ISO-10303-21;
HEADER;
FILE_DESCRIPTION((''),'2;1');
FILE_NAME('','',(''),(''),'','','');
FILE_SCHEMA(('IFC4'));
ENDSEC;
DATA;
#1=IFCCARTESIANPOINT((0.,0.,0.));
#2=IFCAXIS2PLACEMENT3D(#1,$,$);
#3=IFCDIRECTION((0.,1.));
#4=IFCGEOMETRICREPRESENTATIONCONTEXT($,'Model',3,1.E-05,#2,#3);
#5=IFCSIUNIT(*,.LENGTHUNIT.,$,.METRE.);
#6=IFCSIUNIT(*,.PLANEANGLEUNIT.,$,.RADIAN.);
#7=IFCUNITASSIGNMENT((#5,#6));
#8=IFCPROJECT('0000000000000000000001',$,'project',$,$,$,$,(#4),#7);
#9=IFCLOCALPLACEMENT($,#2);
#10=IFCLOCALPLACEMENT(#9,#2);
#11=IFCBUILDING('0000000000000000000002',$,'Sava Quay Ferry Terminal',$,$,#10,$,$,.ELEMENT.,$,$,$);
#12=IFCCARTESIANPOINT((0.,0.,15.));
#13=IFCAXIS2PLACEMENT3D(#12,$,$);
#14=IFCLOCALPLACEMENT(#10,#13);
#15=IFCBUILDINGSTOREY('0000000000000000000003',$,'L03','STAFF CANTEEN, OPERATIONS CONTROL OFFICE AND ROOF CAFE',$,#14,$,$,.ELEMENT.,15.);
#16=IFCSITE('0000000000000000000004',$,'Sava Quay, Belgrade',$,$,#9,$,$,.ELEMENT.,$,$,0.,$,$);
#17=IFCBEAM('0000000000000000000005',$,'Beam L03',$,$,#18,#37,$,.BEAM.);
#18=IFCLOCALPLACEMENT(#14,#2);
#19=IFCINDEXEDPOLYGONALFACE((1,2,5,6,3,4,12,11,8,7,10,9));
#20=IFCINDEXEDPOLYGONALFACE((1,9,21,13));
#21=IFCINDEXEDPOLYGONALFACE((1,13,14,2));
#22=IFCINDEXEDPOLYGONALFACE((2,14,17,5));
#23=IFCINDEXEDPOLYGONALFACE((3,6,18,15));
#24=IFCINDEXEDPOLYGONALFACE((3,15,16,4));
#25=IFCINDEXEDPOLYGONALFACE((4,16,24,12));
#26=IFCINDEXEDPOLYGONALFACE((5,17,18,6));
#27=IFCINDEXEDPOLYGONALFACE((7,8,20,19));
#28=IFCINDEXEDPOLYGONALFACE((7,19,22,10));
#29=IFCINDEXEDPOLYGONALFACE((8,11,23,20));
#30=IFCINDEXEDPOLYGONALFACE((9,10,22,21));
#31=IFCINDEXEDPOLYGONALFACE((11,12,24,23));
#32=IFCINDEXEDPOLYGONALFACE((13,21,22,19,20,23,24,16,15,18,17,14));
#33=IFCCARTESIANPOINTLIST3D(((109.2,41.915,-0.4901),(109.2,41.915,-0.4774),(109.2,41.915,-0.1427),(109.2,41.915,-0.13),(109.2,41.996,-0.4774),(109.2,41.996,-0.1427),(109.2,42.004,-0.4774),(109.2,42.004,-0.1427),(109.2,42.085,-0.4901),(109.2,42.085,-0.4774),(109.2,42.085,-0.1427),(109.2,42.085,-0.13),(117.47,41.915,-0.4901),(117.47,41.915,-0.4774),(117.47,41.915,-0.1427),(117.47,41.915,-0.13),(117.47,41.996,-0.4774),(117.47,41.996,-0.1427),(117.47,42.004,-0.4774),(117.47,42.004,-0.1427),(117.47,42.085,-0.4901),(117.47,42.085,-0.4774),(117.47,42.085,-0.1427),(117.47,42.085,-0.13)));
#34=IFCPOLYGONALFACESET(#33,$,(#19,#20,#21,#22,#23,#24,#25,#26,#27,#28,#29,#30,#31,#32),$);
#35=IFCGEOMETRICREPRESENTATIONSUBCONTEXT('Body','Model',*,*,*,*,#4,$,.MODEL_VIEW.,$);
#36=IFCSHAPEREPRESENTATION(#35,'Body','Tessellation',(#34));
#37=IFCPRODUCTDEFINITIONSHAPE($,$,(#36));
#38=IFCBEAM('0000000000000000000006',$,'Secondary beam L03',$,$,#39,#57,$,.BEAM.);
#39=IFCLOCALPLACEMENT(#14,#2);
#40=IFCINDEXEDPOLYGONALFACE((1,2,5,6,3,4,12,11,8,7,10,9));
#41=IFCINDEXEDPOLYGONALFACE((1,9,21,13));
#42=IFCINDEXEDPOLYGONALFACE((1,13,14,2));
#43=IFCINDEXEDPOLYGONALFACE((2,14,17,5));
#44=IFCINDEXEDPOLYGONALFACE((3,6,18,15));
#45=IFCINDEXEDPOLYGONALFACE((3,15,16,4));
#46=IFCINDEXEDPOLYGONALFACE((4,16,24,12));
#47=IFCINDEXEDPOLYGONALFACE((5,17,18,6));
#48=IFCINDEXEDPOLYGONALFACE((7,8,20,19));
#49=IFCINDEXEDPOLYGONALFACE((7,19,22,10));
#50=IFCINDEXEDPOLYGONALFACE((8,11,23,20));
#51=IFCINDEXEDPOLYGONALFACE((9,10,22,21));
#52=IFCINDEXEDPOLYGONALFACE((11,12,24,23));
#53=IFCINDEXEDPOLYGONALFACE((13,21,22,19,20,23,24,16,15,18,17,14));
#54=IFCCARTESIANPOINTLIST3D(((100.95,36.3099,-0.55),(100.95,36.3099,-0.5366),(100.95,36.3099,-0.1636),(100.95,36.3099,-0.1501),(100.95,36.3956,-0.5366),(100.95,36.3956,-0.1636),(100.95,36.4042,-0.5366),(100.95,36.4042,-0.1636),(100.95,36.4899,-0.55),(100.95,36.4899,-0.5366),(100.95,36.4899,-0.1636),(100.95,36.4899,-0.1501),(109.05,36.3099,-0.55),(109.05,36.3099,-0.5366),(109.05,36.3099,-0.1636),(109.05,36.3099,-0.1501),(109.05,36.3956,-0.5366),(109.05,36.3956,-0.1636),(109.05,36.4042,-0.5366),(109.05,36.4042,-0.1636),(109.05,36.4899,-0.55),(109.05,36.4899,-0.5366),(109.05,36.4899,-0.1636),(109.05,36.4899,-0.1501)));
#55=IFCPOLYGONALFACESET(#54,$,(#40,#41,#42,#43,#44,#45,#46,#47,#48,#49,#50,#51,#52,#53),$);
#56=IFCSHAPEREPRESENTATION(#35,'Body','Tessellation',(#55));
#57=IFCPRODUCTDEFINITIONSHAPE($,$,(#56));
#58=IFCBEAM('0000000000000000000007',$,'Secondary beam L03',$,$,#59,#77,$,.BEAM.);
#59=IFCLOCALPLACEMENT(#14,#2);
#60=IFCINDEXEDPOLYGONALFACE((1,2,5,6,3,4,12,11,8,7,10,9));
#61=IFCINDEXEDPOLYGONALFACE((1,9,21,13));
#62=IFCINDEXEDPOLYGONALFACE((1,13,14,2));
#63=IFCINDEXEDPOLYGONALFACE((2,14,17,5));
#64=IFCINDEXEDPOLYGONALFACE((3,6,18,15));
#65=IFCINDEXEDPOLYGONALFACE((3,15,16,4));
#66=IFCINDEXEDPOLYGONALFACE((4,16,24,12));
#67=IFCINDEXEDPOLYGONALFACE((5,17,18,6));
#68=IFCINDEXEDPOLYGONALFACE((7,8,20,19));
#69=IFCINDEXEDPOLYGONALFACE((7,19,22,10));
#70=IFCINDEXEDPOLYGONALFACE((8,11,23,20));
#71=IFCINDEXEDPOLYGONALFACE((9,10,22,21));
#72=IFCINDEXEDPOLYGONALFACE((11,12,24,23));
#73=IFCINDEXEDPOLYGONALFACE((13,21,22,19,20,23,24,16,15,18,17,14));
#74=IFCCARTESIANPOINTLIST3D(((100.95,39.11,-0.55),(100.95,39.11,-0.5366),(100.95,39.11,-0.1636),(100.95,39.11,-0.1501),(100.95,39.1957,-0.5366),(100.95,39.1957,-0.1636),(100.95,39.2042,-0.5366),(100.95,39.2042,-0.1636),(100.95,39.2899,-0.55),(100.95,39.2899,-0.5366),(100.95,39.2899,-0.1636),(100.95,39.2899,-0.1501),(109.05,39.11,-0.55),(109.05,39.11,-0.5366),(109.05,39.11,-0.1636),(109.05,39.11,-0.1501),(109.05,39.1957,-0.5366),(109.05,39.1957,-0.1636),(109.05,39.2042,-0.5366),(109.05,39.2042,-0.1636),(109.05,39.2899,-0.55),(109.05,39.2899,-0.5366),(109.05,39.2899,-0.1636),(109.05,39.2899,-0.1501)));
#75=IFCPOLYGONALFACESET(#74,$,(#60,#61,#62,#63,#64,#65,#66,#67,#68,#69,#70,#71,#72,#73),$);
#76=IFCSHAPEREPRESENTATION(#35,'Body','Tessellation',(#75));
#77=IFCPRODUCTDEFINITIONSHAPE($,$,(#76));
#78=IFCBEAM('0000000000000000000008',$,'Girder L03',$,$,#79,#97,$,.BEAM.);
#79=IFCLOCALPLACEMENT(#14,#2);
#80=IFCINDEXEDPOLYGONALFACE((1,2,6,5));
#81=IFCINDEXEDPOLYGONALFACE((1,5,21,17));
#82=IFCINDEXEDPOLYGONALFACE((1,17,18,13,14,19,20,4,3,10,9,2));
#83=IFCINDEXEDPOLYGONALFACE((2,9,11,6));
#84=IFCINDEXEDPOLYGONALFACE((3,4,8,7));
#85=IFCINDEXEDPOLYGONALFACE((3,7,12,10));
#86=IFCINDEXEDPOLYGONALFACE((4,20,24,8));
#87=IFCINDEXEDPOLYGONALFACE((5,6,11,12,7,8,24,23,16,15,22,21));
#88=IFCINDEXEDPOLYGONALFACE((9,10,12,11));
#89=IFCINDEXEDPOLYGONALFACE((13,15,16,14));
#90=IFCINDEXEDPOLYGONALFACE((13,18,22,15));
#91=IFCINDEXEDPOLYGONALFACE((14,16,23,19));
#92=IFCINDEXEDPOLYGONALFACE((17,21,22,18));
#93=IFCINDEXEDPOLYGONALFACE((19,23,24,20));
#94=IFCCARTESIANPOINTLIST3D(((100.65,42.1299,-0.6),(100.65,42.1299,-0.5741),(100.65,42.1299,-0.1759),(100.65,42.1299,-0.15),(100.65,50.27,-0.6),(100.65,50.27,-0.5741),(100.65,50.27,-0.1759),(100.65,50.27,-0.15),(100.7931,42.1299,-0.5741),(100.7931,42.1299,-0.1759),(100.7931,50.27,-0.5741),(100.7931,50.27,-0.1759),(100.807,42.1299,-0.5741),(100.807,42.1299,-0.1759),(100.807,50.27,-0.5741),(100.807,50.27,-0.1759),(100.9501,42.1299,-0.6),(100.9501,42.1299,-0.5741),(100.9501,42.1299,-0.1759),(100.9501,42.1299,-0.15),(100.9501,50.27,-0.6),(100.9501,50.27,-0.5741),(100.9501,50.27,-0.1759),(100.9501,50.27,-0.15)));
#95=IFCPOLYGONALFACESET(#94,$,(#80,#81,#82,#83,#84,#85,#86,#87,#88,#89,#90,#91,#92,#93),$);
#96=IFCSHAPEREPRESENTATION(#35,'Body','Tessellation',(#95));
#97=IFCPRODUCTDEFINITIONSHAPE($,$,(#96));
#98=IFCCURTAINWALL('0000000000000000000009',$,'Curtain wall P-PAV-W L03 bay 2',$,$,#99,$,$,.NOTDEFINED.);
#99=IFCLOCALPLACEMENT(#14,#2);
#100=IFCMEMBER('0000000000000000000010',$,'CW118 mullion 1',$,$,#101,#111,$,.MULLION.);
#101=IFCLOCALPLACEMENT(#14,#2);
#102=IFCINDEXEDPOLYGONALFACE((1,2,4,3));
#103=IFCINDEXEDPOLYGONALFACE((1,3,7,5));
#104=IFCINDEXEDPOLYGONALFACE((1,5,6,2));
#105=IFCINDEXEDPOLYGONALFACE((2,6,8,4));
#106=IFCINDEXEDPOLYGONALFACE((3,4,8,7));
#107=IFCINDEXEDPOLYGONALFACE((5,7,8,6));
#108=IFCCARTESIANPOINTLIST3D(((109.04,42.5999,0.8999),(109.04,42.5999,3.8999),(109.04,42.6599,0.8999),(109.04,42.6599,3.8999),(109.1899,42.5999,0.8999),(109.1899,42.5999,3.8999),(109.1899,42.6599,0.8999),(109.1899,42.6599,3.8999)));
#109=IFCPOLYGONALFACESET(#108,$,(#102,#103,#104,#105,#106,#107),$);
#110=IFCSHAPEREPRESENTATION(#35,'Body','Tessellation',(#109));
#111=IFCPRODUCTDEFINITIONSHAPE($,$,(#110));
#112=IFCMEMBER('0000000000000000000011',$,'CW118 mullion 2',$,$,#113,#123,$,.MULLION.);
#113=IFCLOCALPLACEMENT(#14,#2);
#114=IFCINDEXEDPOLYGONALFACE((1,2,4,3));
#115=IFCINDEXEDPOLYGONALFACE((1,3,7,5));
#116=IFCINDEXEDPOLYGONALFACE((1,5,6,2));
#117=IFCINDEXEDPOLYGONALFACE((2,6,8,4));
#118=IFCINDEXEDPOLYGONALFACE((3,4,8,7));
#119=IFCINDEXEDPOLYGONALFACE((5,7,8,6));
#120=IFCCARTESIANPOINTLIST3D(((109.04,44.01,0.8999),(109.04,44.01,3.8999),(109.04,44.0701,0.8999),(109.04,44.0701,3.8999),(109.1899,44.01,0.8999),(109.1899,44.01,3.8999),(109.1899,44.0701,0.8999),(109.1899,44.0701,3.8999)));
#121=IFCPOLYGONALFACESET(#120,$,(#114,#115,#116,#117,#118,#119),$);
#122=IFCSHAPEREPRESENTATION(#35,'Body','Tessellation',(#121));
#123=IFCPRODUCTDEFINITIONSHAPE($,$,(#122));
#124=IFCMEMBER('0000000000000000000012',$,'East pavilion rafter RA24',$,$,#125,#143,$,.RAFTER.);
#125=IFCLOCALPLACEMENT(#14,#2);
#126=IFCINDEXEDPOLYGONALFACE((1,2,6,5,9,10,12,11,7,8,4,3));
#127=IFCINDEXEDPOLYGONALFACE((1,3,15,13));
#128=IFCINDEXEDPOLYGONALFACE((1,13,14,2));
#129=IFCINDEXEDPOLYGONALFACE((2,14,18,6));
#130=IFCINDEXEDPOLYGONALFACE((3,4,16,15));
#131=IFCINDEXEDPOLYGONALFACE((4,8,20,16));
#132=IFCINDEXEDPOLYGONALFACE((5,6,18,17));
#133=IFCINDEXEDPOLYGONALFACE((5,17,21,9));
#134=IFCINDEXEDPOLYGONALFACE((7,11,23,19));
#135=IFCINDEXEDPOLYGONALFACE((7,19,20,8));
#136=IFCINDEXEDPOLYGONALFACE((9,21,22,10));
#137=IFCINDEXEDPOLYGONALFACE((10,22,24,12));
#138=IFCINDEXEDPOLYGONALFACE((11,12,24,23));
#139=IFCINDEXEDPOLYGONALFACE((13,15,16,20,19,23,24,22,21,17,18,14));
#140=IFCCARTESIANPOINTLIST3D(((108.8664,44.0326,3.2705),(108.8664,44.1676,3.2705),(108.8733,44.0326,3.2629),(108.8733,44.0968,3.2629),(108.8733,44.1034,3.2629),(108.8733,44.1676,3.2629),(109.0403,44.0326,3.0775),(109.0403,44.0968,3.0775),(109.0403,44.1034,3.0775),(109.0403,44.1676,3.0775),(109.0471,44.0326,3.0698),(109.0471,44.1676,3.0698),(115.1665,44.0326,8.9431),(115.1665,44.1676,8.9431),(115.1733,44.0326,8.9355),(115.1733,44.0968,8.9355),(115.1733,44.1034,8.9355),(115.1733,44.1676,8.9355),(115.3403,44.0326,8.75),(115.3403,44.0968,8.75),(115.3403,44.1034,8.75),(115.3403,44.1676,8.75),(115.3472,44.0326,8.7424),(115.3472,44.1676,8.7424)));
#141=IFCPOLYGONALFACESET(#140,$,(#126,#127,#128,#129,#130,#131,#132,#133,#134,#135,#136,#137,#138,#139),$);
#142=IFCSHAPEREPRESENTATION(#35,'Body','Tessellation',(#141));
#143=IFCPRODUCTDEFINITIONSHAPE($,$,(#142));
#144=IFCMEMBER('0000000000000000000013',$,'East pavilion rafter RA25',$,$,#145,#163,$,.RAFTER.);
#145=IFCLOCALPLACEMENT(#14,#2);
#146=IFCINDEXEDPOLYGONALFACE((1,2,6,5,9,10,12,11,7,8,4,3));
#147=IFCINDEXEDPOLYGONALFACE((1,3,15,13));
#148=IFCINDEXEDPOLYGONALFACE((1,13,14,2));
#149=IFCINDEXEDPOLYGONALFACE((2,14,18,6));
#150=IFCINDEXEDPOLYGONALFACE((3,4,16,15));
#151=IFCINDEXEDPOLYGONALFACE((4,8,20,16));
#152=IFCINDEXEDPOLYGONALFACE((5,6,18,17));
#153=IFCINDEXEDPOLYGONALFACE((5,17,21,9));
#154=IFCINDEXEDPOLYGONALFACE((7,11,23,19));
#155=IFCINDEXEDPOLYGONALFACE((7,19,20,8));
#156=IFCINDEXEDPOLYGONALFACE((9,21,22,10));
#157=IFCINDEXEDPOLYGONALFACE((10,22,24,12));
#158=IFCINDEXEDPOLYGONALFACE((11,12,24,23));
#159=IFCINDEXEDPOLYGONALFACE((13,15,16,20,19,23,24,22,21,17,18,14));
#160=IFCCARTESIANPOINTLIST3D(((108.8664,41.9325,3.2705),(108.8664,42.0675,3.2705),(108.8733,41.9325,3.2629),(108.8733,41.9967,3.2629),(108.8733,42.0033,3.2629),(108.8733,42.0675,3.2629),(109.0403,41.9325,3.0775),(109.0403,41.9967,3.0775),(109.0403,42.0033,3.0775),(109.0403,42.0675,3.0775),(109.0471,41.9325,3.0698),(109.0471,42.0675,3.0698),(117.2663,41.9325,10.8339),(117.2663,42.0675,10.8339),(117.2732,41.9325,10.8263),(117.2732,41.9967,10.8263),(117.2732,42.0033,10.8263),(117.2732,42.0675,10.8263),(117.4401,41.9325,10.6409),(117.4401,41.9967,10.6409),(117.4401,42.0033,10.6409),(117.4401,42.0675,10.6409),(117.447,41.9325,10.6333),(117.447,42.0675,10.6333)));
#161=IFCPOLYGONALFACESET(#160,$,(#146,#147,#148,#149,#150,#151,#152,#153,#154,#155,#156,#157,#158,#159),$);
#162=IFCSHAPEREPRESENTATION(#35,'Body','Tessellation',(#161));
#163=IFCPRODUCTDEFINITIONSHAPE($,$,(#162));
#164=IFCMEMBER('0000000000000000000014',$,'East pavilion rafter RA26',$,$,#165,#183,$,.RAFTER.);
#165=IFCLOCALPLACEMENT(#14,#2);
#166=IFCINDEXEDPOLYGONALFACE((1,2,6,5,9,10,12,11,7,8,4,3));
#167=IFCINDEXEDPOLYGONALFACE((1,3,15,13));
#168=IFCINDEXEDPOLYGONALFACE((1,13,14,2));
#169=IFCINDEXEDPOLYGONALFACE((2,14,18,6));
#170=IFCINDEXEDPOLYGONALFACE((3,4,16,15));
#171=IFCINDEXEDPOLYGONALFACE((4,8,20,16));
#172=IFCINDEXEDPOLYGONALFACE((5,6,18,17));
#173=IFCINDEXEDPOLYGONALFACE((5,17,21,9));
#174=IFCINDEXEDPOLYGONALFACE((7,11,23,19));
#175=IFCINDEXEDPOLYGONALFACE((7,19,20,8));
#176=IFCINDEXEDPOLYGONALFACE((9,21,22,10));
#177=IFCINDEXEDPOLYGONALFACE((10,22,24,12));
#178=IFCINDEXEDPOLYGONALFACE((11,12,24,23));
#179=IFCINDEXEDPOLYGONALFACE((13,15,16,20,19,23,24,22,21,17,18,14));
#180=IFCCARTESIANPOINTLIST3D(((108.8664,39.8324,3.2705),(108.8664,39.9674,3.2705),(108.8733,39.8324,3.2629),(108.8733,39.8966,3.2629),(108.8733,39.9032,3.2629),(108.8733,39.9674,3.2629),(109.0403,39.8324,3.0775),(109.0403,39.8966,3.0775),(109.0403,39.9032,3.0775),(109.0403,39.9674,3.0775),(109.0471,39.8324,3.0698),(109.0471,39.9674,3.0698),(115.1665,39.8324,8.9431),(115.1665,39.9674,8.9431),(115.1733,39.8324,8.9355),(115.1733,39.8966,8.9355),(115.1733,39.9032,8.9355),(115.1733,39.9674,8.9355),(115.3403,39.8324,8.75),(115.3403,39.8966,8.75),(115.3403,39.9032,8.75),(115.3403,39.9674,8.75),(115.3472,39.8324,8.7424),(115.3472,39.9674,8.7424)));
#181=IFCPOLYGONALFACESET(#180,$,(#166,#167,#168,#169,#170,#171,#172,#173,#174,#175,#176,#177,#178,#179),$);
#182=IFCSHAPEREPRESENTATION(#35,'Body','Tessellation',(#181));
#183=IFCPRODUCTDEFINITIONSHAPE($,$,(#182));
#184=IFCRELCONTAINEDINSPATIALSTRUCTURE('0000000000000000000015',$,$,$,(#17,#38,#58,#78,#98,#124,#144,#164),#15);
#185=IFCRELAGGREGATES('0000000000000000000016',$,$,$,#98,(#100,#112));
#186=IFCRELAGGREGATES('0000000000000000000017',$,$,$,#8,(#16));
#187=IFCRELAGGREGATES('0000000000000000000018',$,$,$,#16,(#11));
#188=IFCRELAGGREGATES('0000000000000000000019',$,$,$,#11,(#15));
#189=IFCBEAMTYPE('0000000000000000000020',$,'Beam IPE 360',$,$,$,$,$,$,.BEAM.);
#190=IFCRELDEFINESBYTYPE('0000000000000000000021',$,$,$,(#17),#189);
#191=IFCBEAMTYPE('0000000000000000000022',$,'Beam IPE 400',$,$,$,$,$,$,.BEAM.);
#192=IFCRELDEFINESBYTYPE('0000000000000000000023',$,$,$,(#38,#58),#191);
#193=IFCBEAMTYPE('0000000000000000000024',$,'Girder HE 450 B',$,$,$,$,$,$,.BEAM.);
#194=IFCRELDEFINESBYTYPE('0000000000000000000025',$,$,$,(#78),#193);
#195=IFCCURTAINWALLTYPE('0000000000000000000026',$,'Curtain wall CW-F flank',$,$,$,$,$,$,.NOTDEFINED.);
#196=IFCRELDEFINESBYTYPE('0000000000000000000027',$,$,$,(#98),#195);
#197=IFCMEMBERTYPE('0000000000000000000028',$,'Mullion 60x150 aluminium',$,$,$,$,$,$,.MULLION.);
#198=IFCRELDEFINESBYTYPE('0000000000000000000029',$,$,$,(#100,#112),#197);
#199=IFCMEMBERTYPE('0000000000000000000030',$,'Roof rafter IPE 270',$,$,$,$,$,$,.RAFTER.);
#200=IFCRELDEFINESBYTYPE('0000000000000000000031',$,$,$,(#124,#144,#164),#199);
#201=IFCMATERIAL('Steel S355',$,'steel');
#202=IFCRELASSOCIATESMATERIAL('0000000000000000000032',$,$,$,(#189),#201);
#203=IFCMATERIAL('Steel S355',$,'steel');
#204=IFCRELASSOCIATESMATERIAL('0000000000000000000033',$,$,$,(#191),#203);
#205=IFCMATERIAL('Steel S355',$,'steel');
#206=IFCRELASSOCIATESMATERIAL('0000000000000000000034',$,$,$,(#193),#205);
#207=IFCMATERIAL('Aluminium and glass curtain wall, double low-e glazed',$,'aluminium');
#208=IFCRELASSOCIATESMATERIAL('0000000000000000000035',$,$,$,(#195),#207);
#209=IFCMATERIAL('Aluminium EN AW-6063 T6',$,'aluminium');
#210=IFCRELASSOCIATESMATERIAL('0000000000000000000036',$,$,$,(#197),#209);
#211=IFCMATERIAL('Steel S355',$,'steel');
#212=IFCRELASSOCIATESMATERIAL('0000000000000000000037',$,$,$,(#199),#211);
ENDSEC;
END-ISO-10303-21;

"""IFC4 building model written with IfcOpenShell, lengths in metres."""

from ifc_helpers import new_model, si_unit, direction, frame, origin, origin_2d, place, context, subcontext, project, spatial, rectangle, i_section, extrude, material, material_profile, profile_set, type_object, element, aggregate, save


model = new_model("IFC4")

# Units and contexts
model_context = context("Model", 3, precision=1e-05, world=origin(), true_north=direction((0.0, 1.0)))
body_context = subcontext(model_context, "Body", "Model", "MODEL_VIEW")
ifc_project = project(units=[si_unit("LENGTHUNIT", "METRE"), si_unit("PLANEANGLEUNIT", "RADIAN")], contexts=[model_context])

# Site, building, storey
site_placement = place(None, origin())
site = spatial("IfcSite", under=ifc_project, at=site_placement, Name="Sava Quay, Belgrade", CompositionType="ELEMENT", RefElevation=0.0)
building_placement = place(site_placement, origin())
building = spatial("IfcBuilding", under=site, at=building_placement, Name="Sava Quay Ferry Terminal", CompositionType="ELEMENT")
storey_placement = place(building_placement, frame((0.0, 0.0, 15.0)))
storey = spatial("IfcBuildingStorey", under=building, at=storey_placement, Name="L03", Description="STAFF CANTEEN, OPERATIONS CONTROL OFFICE AND ROOF CAFE", CompositionType="ELEMENT", Elevation=15.0)

# Beams
ifc_material_1 = material(Name="Steel S355", Category="steel")
ifc_material_profile_1 = material_profile(ifc_material_1, i_section(OverallWidth=0.1699, OverallDepth=0.3601, WebThickness=0.0081, FlangeThickness=0.0127, at=origin_2d()), Name="IPE 360")
ifc_profile_set_1 = profile_set([ifc_material_profile_1], Name="Steel S355")
beam_type_1 = type_object("IfcBeamType", Name="Beam IPE 360", PredefinedType="BEAM", material=ifc_profile_set_1)
beam_1_placement = place(storey_placement, frame((109.2, 42.0, -0.3101), z_axis=(1.0, 0.0, 0.0), x_axis=(0.0, 1.0, 0.0)))
element("IfcBeam", 1, at=beam_1_placement, inside=storey, type_object=beam_type_1, Name="Beam L03", PredefinedType="BEAM", context=body_context, shape_type="SweptSolid", body=[
    extrude(i_section(OverallWidth=0.1699, OverallDepth=0.3601, WebThickness=0.0081, FlangeThickness=0.0127, at=origin_2d()), origin(), (0.0, 0.0, 1.0), 8.27),
])
ifc_material_2 = material(Name="Steel S355", Category="steel")
ifc_material_profile_2 = material_profile(ifc_material_2, i_section(OverallWidth=0.1799, OverallDepth=0.3999, WebThickness=0.0085, FlangeThickness=0.0134, at=origin_2d()), Name="IPE 400")
ifc_profile_set_2 = profile_set([ifc_material_profile_2], Name="Steel S355")
beam_type_2 = type_object("IfcBeamType", Name="Beam IPE 400", PredefinedType="BEAM", material=ifc_profile_set_2)
for number, where, z_axis, x_axis, name in (
    (2, (100.95, 36.3999, -0.3501), (1.0, 0.0, 0.0), (0.0, 1.0, 0.0), "Secondary beam L03"),
    (3, (100.95, 39.2, -0.3501), (1.0, 0.0, 0.0), (0.0, 1.0, 0.0), "Secondary beam L03"),
):
    element("IfcBeam", number, at=place(storey_placement, frame(where, z_axis=z_axis, x_axis=x_axis)), inside=storey, type_object=beam_type_2, Name=name, PredefinedType="BEAM", context=body_context, shape_type="SweptSolid", body=[
        extrude(i_section(OverallWidth=0.1799, OverallDepth=0.3999, WebThickness=0.0085, FlangeThickness=0.0134, at=origin_2d()), origin(), (0.0, 0.0, 1.0), 8.1001),
    ])
ifc_material_3 = material(Name="Steel S355", Category="steel")
ifc_material_profile_3 = material_profile(ifc_material_3, i_section(OverallWidth=0.3, OverallDepth=0.45, WebThickness=0.0139, FlangeThickness=0.0259, at=origin_2d()), Name="HE 450 B")
ifc_profile_set_3 = profile_set([ifc_material_profile_3], Name="Steel S355")
beam_type_3 = type_object("IfcBeamType", Name="Girder HE 450 B", PredefinedType="BEAM", material=ifc_profile_set_3)
beam_2_placement = place(storey_placement, frame((100.8, 42.1299, -0.375), z_axis=(0.0, 1.0, 0.0), x_axis=(-1.0, 0.0, 0.0)))
element("IfcBeam", 4, at=beam_2_placement, inside=storey, type_object=beam_type_3, Name="Girder L03", PredefinedType="BEAM", context=body_context, shape_type="SweptSolid", body=[
    extrude(i_section(OverallWidth=0.3, OverallDepth=0.45, WebThickness=0.0139, FlangeThickness=0.0259, at=origin_2d()), origin(), (0.0, 0.0, 1.0), 8.1401),
])

# Curtain wall, members
ifc_material_4 = material(Name="Aluminium and glass curtain wall, double low-e glazed", Category="aluminium")
curtain_wall_type = type_object("IfcCurtainWallType", Name="Curtain wall CW-F flank", PredefinedType="NOTDEFINED", material=ifc_material_4)
curtain_wall_placement = place(storey_placement, origin())
curtain_wall = element("IfcCurtainWall", 5, at=curtain_wall_placement, inside=storey, type_object=curtain_wall_type, Name="Curtain wall P-PAV-W L03 bay 2", PredefinedType="NOTDEFINED")
ifc_material_5 = material(Name="Aluminium EN AW-6063 T6", Category="aluminium")
ifc_material_profile_4 = material_profile(ifc_material_5, rectangle(XDim=0.1499, YDim=0.0601, at=origin_2d()), Name="Mullion 60x150 aluminium")
ifc_profile_set_4 = profile_set([ifc_material_profile_4], Name="Aluminium EN AW-6063 T6")
member_type_1 = type_object("IfcMemberType", Name="Mullion 60x150 aluminium", PredefinedType="MULLION", material=ifc_profile_set_4)
member_1_placement = place(storey_placement, frame((109.115, 42.6299, 0.8999), z_axis=(0.0, 0.0, 1.0), x_axis=(-1.0, 0.0, 0.0)))
member_1 = element("IfcMember", 6, at=member_1_placement, type_object=member_type_1, Name="CW118 mullion 1", PredefinedType="MULLION", context=body_context, shape_type="SweptSolid", body=[
    extrude(rectangle(XDim=0.1499, YDim=0.0601, at=origin_2d()), origin(), (0.0, 0.0, 1.0), 3.0),
])
member_2_placement = place(storey_placement, frame((109.115, 44.04, 0.8999), z_axis=(0.0, 0.0, 1.0), x_axis=(-1.0, 0.0, 0.0)))
member_2 = element("IfcMember", 7, at=member_2_placement, type_object=member_type_1, Name="CW118 mullion 2", PredefinedType="MULLION", context=body_context, shape_type="SweptSolid", body=[
    extrude(rectangle(XDim=0.1499, YDim=0.0601, at=origin_2d()), origin(), (0.0, 0.0, 1.0), 3.0),
])

# Members
ifc_material_6 = material(Name="Steel S355", Category="steel")
ifc_material_profile_5 = material_profile(ifc_material_6, i_section(OverallWidth=0.135, OverallDepth=0.27, WebThickness=0.0066, FlangeThickness=0.0103, at=origin_2d()), Name="IPE 270")
ifc_profile_set_5 = profile_set([ifc_material_profile_5], Name="Steel S355")
member_type_2 = type_object("IfcMemberType", Name="Roof rafter IPE 270", PredefinedType="RAFTER", material=ifc_profile_set_5)
member_3_placement = place(storey_placement, frame((108.9568, 44.1001, 3.1702), z_axis=(0.743144, 0.0, 0.669132), x_axis=(0.0, 1.0, 0.0)))
element("IfcMember", 8, at=member_3_placement, inside=storey, type_object=member_type_2, Name="East pavilion rafter RA24", PredefinedType="RAFTER", context=body_context, shape_type="SweptSolid", body=[
    extrude(i_section(OverallWidth=0.135, OverallDepth=0.27, WebThickness=0.0066, FlangeThickness=0.0103, at=origin_2d()), origin(), (0.0, 0.0, 1.0), 8.4775),
])
member_4_placement = place(storey_placement, frame((108.9568, 42.0, 3.1702), z_axis=(0.743137, 0.0, 0.669139), x_axis=(0.0, 1.0, 0.0)))
element("IfcMember", 9, at=member_4_placement, inside=storey, type_object=member_type_2, Name="East pavilion rafter RA25", PredefinedType="RAFTER", context=body_context, shape_type="SweptSolid", body=[
    extrude(i_section(OverallWidth=0.135, OverallDepth=0.27, WebThickness=0.0066, FlangeThickness=0.0103, at=origin_2d()), origin(), (0.0, 0.0, 1.0), 11.3032),
])
member_5_placement = place(storey_placement, frame((108.9568, 39.8999, 3.1702), z_axis=(0.743144, 0.0, 0.669132), x_axis=(0.0, 1.0, 0.0)))
element("IfcMember", 10, at=member_5_placement, inside=storey, type_object=member_type_2, Name="East pavilion rafter RA26", PredefinedType="RAFTER", context=body_context, shape_type="SweptSolid", body=[
    extrude(i_section(OverallWidth=0.135, OverallDepth=0.27, WebThickness=0.0066, FlangeThickness=0.0103, at=origin_2d()), origin(), (0.0, 0.0, 1.0), 8.4775),
])

aggregate(curtain_wall, [member_1, member_2])

save(model, "model.ifc")
